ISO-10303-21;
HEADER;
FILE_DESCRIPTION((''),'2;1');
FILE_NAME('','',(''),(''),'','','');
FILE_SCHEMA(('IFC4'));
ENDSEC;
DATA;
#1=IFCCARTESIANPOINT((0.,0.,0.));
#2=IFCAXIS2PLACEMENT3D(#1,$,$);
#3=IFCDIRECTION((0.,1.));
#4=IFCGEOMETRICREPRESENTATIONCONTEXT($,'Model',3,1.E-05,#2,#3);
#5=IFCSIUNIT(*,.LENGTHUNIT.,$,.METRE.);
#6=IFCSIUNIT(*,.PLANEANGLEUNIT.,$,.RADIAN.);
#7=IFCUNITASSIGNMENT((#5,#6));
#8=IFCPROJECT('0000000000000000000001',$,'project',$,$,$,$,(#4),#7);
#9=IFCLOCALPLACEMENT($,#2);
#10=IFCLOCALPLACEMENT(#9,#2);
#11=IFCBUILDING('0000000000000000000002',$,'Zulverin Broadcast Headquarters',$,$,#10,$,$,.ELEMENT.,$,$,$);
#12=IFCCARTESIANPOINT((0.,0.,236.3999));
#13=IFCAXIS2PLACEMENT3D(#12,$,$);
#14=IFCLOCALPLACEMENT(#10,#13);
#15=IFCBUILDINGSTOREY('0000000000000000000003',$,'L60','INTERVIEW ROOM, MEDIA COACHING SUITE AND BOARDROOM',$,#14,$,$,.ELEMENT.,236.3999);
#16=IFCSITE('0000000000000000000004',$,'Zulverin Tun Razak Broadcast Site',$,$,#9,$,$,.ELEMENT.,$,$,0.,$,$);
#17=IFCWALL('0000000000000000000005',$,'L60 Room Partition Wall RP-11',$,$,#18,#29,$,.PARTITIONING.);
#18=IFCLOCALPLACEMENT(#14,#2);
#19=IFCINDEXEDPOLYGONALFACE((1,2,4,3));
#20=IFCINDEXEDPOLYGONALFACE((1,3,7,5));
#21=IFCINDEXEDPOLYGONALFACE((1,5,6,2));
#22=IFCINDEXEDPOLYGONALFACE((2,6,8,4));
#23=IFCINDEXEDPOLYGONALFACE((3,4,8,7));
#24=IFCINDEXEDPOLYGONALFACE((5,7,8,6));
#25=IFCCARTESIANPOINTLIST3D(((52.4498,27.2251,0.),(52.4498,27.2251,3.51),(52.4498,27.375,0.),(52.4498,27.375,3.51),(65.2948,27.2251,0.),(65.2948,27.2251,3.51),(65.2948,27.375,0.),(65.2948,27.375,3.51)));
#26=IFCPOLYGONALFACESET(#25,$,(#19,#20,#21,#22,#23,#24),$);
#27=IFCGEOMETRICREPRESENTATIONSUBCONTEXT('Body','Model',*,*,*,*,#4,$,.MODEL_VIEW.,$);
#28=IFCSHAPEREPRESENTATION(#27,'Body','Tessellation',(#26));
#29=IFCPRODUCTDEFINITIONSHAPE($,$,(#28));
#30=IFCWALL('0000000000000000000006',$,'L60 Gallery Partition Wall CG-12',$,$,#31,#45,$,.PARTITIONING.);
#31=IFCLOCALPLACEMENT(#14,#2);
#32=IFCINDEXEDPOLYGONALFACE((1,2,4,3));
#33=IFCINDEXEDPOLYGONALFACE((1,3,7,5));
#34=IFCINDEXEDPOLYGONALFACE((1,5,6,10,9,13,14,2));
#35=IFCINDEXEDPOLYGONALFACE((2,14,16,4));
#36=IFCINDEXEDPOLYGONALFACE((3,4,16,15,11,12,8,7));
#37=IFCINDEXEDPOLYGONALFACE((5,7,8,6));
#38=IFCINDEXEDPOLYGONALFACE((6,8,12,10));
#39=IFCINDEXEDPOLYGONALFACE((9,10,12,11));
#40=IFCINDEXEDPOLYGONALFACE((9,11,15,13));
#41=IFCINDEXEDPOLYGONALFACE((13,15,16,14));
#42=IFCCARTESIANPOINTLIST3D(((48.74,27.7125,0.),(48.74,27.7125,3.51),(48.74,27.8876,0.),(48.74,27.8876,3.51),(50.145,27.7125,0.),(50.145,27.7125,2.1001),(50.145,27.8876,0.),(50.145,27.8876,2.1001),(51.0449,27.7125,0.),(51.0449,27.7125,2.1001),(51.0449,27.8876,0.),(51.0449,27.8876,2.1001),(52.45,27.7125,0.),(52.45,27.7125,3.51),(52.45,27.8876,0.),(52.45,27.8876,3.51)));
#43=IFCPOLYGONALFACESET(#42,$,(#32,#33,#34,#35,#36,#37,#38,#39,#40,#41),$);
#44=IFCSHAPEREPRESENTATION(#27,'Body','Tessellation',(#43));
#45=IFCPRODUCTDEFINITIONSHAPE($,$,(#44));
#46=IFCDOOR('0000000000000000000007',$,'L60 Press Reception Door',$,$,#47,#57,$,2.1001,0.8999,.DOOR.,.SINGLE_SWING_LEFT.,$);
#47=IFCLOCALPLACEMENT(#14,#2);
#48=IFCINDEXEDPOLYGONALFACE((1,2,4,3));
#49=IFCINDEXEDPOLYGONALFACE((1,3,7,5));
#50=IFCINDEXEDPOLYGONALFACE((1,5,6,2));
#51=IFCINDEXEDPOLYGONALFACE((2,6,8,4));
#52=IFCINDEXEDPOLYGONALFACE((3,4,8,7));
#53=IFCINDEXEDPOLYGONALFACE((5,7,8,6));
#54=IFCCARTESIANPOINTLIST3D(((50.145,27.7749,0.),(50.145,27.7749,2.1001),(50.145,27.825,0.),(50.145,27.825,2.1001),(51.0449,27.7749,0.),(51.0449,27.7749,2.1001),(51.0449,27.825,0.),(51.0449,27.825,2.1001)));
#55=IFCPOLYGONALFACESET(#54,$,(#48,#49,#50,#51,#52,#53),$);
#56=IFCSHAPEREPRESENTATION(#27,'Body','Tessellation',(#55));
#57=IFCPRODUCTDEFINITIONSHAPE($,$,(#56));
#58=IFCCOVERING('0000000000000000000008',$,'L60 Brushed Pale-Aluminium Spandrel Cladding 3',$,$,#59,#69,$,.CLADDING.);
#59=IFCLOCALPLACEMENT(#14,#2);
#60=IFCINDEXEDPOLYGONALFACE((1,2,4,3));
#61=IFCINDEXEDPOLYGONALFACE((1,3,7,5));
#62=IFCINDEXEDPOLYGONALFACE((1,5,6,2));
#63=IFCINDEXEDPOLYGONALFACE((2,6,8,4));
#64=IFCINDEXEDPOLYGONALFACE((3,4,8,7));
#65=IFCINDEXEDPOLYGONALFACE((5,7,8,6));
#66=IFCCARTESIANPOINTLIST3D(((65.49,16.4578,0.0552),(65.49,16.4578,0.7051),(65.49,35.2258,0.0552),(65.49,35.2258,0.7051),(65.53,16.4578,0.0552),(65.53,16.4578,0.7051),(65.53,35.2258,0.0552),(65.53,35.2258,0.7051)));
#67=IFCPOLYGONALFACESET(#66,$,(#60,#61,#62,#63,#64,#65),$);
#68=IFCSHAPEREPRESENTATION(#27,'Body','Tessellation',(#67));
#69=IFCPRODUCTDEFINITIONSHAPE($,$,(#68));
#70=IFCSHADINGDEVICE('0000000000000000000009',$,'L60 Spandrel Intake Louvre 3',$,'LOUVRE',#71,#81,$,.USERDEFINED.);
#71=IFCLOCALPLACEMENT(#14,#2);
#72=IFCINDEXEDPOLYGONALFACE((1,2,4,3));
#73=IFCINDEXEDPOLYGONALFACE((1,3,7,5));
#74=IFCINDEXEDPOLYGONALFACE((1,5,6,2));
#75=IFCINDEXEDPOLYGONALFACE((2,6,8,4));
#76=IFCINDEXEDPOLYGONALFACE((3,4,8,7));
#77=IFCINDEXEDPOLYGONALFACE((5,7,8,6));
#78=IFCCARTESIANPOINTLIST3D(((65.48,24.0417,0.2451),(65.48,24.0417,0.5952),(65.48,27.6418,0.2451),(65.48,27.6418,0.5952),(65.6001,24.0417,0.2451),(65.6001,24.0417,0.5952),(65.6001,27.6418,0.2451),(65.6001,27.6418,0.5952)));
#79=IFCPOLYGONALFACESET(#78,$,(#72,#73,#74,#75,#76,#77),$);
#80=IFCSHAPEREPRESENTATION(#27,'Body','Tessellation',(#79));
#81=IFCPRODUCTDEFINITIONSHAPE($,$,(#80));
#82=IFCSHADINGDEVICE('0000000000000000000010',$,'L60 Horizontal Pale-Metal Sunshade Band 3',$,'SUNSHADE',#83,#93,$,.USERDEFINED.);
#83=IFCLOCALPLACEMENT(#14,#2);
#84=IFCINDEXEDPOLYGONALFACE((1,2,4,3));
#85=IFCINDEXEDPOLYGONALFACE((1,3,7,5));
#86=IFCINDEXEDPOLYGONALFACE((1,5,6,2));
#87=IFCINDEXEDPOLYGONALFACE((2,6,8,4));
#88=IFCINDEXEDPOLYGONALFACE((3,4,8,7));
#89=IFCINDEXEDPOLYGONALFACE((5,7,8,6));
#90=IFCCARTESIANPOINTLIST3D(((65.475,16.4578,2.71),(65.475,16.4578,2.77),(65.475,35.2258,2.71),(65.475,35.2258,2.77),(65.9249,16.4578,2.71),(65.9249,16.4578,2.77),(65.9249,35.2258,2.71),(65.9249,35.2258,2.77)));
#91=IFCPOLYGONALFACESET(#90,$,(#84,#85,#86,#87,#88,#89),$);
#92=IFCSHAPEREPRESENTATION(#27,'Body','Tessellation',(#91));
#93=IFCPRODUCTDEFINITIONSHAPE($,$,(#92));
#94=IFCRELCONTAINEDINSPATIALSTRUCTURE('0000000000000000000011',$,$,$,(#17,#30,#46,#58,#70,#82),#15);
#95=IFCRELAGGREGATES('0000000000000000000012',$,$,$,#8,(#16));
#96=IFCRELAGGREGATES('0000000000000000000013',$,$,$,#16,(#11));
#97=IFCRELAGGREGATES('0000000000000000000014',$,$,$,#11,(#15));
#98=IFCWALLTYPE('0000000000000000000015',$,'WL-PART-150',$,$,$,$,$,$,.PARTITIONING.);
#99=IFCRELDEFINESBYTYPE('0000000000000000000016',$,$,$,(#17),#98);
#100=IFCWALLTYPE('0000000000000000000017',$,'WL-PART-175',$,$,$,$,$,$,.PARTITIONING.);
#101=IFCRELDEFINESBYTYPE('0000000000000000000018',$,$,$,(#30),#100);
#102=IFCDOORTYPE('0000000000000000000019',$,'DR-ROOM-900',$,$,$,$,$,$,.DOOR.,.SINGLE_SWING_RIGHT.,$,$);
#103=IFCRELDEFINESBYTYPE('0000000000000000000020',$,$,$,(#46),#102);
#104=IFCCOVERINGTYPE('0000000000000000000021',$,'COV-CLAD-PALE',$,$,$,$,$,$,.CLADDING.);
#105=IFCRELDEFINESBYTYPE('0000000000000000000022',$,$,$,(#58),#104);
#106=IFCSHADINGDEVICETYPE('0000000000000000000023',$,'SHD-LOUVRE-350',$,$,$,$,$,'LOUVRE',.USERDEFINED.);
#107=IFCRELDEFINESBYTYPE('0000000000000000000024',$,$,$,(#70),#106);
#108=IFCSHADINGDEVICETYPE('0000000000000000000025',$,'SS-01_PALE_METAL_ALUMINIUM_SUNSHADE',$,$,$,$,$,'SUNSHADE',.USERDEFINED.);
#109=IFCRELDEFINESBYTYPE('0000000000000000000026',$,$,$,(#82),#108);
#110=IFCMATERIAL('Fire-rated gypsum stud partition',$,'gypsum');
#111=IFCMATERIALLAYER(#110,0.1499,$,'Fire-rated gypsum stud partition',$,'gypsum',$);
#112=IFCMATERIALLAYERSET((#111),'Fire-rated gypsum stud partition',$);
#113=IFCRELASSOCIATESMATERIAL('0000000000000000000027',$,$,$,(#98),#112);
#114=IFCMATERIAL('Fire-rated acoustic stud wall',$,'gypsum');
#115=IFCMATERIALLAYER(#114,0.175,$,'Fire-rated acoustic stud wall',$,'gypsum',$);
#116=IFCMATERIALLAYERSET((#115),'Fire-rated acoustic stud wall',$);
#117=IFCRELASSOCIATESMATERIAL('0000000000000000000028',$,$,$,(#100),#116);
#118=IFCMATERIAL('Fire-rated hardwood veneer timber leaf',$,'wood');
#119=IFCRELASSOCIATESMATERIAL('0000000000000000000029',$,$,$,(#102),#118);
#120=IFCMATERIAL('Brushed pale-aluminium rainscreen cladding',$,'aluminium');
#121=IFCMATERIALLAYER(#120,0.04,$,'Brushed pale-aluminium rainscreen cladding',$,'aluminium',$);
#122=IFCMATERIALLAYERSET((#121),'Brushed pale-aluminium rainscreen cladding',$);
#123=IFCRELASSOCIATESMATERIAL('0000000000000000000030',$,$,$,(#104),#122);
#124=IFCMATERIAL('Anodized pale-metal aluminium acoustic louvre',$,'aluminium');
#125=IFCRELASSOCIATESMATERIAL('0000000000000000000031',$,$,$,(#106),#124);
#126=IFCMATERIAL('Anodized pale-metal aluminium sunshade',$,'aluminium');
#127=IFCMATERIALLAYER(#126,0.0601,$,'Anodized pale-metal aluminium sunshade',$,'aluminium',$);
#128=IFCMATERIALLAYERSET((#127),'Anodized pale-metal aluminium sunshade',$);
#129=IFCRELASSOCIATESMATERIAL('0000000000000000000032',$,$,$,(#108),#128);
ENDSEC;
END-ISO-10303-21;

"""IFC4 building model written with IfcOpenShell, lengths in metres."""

from ifc_helpers import new_model, si_unit, direction, frame, frame_2d, origin, origin_2d, place, context, subcontext, project, spatial, rectangle, extrude, material, layer, layer_set, type_object, element, fill, save


model = new_model("IFC4")

# Units and contexts
model_context = context("Model", 3, precision=1e-05, world=origin(), true_north=direction((0.0, 1.0)))
body_context = subcontext(model_context, "Body", "Model", "MODEL_VIEW")
ifc_project = project(units=[si_unit("LENGTHUNIT", "METRE"), si_unit("PLANEANGLEUNIT", "RADIAN")], contexts=[model_context])

# Site, building, storey
site_placement = place(None, origin())
site = spatial("IfcSite", under=ifc_project, at=site_placement, Name="Zulverin Tun Razak Broadcast Site", CompositionType="ELEMENT", RefElevation=0.0)
building_placement = place(site_placement, origin())
building = spatial("IfcBuilding", under=site, at=building_placement, Name="Zulverin Broadcast Headquarters", CompositionType="ELEMENT")
storey_placement = place(building_placement, frame((0.0, 0.0, 236.3999)))
storey = spatial("IfcBuildingStorey", under=building, at=storey_placement, Name="L60", Description="INTERVIEW ROOM, MEDIA COACHING SUITE AND BOARDROOM", CompositionType="ELEMENT", Elevation=236.3999)

# Wall
ifc_material_1 = material(Name="Fire-rated gypsum stud partition", Category="gypsum")
ifc_layer_1 = layer(ifc_material_1, 0.1499, Name="Fire-rated gypsum stud partition", Category="gypsum")
ifc_layer_set_1 = layer_set([ifc_layer_1], Name="Fire-rated gypsum stud partition")
wall_type_1 = type_object("IfcWallType", Name="WL-PART-150", PredefinedType="PARTITIONING", material=ifc_layer_set_1)
wall_1_placement = place(storey_placement, frame((52.45, 27.3, 0.0), z_axis=(0.0, 0.0, 1.0), x_axis=(1.0, 0.0, 0.0)))
element("IfcWall", 1, at=wall_1_placement, inside=storey, type_object=wall_type_1, Name="L60 Room Partition Wall RP-11", PredefinedType="PARTITIONING", context=body_context, shape_type="SweptSolid", body=[
    extrude(rectangle(XDim=12.845, YDim=0.1499, at=frame_2d((6.4224, 0.0))), origin(), (0.0, 0.0, 1.0), 3.51),
])

# Wall, opening, door
ifc_material_2 = material(Name="Fire-rated acoustic stud wall", Category="gypsum")
ifc_layer_2 = layer(ifc_material_2, 0.175, Name="Fire-rated acoustic stud wall", Category="gypsum")
ifc_layer_set_2 = layer_set([ifc_layer_2], Name="Fire-rated acoustic stud wall")
wall_type_2 = type_object("IfcWallType", Name="WL-PART-175", PredefinedType="PARTITIONING", material=ifc_layer_set_2)
wall_2_placement = place(storey_placement, frame((48.74, 27.8, 0.0), z_axis=(0.0, 0.0, 1.0), x_axis=(1.0, 0.0, 0.0)))
wall_2 = element("IfcWall", 2, at=wall_2_placement, inside=storey, type_object=wall_type_2, Name="L60 Gallery Partition Wall CG-12", PredefinedType="PARTITIONING", context=body_context, shape_type="SweptSolid", body=[
    extrude(rectangle(XDim=3.71, YDim=0.175, at=frame_2d((1.855, 0.0))), origin(), (0.0, 0.0, 1.0), 3.51),
])
opening_placement = place(wall_2_placement, frame((1.405, 0.0, 0.0)))
opening = element("IfcOpeningElement", 3, at=opening_placement, cuts=wall_2, PredefinedType="OPENING", context=body_context, shape_type="SweptSolid", body=[
    extrude(rectangle(XDim=0.8999, YDim=2.1001, at=frame_2d((0.45, 1.05))), frame((0.0, 0.0974, 0.0), z_axis=(0.0, -1.0, 0.0), x_axis=(1.0, 0.0, 0.0)), (0.0, 0.0, 1.0), 0.1951),
])
ifc_material_3 = material(Name="Fire-rated hardwood veneer timber leaf", Category="wood")
door_type = type_object("IfcDoorType", Name="DR-ROOM-900", OperationType="SINGLE_SWING_RIGHT", PredefinedType="DOOR", material=ifc_material_3)
door_placement = place(opening_placement, origin())
door = element("IfcDoor", 4, at=door_placement, inside=storey, type_object=door_type, Name="L60 Press Reception Door", OperationType="SINGLE_SWING_LEFT", OverallHeight=2.1001, OverallWidth=0.8999, PredefinedType="DOOR", context=body_context, shape_type="SweptSolid", body=[
    extrude(rectangle(XDim=0.8999, YDim=2.1001, at=frame_2d((0.45, 1.05))), frame((0.0, 0.0249, 0.0), z_axis=(0.0, -1.0, 0.0), x_axis=(1.0, 0.0, 0.0)), (0.0, 0.0, 1.0), 0.05),
])
fill(opening, door)

# Covering
ifc_material_4 = material(Name="Brushed pale-aluminium rainscreen cladding", Category="aluminium")
ifc_layer_3 = layer(ifc_material_4, 0.04, Name="Brushed pale-aluminium rainscreen cladding", Category="aluminium")
ifc_layer_set_3 = layer_set([ifc_layer_3], Name="Brushed pale-aluminium rainscreen cladding")
covering_type = type_object("IfcCoveringType", Name="COV-CLAD-PALE", PredefinedType="CLADDING", material=ifc_layer_set_3)
covering_placement = place(storey_placement, frame((65.51, 25.8418, 0.0552), z_axis=(0.0, 0.0, 1.0), x_axis=(0.0, 1.0, 0.0)))
element("IfcCovering", 5, at=covering_placement, inside=storey, type_object=covering_type, Name="L60 Brushed Pale-Aluminium Spandrel Cladding 3", PredefinedType="CLADDING", context=body_context, shape_type="SweptSolid", body=[
    extrude(rectangle(XDim=18.7681, YDim=0.04, at=origin_2d()), origin(), (0.0, 0.0, 1.0), 0.6499),
])

# Shading devices
ifc_material_5 = material(Name="Anodized pale-metal aluminium acoustic louvre", Category="aluminium")
shading_device_type_1 = type_object("IfcShadingDeviceType", Name="SHD-LOUVRE-350", ElementType="LOUVRE", PredefinedType="USERDEFINED", material=ifc_material_5)
shading_device_1_placement = place(storey_placement, frame((65.54, 25.8418, 0.2451), z_axis=(0.0, 0.0, 1.0), x_axis=(0.0, 1.0, 0.0)))
element("IfcShadingDevice", 6, at=shading_device_1_placement, inside=storey, type_object=shading_device_type_1, Name="L60 Spandrel Intake Louvre 3", ObjectType="LOUVRE", PredefinedType="USERDEFINED", context=body_context, shape_type="SweptSolid", body=[
    extrude(rectangle(XDim=3.6001, YDim=0.1201, at=origin_2d()), origin(), (0.0, 0.0, 1.0), 0.3501),
])
ifc_material_6 = material(Name="Anodized pale-metal aluminium sunshade", Category="aluminium")
ifc_layer_4 = layer(ifc_material_6, 0.0601, Name="Anodized pale-metal aluminium sunshade", Category="aluminium")
ifc_layer_set_4 = layer_set([ifc_layer_4], Name="Anodized pale-metal aluminium sunshade")
shading_device_type_2 = type_object("IfcShadingDeviceType", Name="SS-01_PALE_METAL_ALUMINIUM_SUNSHADE", ElementType="SUNSHADE", PredefinedType="USERDEFINED", material=ifc_layer_set_4)
shading_device_2_placement = place(storey_placement, frame((65.7, 25.8418, 2.71), z_axis=(0.0, 0.0, 1.0), x_axis=(0.0, 1.0, 0.0)))
element("IfcShadingDevice", 7, at=shading_device_2_placement, inside=storey, type_object=shading_device_type_2, Name="L60 Horizontal Pale-Metal Sunshade Band 3", ObjectType="SUNSHADE", PredefinedType="USERDEFINED", context=body_context, shape_type="SweptSolid", body=[
    extrude(rectangle(XDim=18.7681, YDim=0.45, at=origin_2d()), origin(), (0.0, 0.0, 1.0), 0.0601),
])

save(model, "model.ifc")
